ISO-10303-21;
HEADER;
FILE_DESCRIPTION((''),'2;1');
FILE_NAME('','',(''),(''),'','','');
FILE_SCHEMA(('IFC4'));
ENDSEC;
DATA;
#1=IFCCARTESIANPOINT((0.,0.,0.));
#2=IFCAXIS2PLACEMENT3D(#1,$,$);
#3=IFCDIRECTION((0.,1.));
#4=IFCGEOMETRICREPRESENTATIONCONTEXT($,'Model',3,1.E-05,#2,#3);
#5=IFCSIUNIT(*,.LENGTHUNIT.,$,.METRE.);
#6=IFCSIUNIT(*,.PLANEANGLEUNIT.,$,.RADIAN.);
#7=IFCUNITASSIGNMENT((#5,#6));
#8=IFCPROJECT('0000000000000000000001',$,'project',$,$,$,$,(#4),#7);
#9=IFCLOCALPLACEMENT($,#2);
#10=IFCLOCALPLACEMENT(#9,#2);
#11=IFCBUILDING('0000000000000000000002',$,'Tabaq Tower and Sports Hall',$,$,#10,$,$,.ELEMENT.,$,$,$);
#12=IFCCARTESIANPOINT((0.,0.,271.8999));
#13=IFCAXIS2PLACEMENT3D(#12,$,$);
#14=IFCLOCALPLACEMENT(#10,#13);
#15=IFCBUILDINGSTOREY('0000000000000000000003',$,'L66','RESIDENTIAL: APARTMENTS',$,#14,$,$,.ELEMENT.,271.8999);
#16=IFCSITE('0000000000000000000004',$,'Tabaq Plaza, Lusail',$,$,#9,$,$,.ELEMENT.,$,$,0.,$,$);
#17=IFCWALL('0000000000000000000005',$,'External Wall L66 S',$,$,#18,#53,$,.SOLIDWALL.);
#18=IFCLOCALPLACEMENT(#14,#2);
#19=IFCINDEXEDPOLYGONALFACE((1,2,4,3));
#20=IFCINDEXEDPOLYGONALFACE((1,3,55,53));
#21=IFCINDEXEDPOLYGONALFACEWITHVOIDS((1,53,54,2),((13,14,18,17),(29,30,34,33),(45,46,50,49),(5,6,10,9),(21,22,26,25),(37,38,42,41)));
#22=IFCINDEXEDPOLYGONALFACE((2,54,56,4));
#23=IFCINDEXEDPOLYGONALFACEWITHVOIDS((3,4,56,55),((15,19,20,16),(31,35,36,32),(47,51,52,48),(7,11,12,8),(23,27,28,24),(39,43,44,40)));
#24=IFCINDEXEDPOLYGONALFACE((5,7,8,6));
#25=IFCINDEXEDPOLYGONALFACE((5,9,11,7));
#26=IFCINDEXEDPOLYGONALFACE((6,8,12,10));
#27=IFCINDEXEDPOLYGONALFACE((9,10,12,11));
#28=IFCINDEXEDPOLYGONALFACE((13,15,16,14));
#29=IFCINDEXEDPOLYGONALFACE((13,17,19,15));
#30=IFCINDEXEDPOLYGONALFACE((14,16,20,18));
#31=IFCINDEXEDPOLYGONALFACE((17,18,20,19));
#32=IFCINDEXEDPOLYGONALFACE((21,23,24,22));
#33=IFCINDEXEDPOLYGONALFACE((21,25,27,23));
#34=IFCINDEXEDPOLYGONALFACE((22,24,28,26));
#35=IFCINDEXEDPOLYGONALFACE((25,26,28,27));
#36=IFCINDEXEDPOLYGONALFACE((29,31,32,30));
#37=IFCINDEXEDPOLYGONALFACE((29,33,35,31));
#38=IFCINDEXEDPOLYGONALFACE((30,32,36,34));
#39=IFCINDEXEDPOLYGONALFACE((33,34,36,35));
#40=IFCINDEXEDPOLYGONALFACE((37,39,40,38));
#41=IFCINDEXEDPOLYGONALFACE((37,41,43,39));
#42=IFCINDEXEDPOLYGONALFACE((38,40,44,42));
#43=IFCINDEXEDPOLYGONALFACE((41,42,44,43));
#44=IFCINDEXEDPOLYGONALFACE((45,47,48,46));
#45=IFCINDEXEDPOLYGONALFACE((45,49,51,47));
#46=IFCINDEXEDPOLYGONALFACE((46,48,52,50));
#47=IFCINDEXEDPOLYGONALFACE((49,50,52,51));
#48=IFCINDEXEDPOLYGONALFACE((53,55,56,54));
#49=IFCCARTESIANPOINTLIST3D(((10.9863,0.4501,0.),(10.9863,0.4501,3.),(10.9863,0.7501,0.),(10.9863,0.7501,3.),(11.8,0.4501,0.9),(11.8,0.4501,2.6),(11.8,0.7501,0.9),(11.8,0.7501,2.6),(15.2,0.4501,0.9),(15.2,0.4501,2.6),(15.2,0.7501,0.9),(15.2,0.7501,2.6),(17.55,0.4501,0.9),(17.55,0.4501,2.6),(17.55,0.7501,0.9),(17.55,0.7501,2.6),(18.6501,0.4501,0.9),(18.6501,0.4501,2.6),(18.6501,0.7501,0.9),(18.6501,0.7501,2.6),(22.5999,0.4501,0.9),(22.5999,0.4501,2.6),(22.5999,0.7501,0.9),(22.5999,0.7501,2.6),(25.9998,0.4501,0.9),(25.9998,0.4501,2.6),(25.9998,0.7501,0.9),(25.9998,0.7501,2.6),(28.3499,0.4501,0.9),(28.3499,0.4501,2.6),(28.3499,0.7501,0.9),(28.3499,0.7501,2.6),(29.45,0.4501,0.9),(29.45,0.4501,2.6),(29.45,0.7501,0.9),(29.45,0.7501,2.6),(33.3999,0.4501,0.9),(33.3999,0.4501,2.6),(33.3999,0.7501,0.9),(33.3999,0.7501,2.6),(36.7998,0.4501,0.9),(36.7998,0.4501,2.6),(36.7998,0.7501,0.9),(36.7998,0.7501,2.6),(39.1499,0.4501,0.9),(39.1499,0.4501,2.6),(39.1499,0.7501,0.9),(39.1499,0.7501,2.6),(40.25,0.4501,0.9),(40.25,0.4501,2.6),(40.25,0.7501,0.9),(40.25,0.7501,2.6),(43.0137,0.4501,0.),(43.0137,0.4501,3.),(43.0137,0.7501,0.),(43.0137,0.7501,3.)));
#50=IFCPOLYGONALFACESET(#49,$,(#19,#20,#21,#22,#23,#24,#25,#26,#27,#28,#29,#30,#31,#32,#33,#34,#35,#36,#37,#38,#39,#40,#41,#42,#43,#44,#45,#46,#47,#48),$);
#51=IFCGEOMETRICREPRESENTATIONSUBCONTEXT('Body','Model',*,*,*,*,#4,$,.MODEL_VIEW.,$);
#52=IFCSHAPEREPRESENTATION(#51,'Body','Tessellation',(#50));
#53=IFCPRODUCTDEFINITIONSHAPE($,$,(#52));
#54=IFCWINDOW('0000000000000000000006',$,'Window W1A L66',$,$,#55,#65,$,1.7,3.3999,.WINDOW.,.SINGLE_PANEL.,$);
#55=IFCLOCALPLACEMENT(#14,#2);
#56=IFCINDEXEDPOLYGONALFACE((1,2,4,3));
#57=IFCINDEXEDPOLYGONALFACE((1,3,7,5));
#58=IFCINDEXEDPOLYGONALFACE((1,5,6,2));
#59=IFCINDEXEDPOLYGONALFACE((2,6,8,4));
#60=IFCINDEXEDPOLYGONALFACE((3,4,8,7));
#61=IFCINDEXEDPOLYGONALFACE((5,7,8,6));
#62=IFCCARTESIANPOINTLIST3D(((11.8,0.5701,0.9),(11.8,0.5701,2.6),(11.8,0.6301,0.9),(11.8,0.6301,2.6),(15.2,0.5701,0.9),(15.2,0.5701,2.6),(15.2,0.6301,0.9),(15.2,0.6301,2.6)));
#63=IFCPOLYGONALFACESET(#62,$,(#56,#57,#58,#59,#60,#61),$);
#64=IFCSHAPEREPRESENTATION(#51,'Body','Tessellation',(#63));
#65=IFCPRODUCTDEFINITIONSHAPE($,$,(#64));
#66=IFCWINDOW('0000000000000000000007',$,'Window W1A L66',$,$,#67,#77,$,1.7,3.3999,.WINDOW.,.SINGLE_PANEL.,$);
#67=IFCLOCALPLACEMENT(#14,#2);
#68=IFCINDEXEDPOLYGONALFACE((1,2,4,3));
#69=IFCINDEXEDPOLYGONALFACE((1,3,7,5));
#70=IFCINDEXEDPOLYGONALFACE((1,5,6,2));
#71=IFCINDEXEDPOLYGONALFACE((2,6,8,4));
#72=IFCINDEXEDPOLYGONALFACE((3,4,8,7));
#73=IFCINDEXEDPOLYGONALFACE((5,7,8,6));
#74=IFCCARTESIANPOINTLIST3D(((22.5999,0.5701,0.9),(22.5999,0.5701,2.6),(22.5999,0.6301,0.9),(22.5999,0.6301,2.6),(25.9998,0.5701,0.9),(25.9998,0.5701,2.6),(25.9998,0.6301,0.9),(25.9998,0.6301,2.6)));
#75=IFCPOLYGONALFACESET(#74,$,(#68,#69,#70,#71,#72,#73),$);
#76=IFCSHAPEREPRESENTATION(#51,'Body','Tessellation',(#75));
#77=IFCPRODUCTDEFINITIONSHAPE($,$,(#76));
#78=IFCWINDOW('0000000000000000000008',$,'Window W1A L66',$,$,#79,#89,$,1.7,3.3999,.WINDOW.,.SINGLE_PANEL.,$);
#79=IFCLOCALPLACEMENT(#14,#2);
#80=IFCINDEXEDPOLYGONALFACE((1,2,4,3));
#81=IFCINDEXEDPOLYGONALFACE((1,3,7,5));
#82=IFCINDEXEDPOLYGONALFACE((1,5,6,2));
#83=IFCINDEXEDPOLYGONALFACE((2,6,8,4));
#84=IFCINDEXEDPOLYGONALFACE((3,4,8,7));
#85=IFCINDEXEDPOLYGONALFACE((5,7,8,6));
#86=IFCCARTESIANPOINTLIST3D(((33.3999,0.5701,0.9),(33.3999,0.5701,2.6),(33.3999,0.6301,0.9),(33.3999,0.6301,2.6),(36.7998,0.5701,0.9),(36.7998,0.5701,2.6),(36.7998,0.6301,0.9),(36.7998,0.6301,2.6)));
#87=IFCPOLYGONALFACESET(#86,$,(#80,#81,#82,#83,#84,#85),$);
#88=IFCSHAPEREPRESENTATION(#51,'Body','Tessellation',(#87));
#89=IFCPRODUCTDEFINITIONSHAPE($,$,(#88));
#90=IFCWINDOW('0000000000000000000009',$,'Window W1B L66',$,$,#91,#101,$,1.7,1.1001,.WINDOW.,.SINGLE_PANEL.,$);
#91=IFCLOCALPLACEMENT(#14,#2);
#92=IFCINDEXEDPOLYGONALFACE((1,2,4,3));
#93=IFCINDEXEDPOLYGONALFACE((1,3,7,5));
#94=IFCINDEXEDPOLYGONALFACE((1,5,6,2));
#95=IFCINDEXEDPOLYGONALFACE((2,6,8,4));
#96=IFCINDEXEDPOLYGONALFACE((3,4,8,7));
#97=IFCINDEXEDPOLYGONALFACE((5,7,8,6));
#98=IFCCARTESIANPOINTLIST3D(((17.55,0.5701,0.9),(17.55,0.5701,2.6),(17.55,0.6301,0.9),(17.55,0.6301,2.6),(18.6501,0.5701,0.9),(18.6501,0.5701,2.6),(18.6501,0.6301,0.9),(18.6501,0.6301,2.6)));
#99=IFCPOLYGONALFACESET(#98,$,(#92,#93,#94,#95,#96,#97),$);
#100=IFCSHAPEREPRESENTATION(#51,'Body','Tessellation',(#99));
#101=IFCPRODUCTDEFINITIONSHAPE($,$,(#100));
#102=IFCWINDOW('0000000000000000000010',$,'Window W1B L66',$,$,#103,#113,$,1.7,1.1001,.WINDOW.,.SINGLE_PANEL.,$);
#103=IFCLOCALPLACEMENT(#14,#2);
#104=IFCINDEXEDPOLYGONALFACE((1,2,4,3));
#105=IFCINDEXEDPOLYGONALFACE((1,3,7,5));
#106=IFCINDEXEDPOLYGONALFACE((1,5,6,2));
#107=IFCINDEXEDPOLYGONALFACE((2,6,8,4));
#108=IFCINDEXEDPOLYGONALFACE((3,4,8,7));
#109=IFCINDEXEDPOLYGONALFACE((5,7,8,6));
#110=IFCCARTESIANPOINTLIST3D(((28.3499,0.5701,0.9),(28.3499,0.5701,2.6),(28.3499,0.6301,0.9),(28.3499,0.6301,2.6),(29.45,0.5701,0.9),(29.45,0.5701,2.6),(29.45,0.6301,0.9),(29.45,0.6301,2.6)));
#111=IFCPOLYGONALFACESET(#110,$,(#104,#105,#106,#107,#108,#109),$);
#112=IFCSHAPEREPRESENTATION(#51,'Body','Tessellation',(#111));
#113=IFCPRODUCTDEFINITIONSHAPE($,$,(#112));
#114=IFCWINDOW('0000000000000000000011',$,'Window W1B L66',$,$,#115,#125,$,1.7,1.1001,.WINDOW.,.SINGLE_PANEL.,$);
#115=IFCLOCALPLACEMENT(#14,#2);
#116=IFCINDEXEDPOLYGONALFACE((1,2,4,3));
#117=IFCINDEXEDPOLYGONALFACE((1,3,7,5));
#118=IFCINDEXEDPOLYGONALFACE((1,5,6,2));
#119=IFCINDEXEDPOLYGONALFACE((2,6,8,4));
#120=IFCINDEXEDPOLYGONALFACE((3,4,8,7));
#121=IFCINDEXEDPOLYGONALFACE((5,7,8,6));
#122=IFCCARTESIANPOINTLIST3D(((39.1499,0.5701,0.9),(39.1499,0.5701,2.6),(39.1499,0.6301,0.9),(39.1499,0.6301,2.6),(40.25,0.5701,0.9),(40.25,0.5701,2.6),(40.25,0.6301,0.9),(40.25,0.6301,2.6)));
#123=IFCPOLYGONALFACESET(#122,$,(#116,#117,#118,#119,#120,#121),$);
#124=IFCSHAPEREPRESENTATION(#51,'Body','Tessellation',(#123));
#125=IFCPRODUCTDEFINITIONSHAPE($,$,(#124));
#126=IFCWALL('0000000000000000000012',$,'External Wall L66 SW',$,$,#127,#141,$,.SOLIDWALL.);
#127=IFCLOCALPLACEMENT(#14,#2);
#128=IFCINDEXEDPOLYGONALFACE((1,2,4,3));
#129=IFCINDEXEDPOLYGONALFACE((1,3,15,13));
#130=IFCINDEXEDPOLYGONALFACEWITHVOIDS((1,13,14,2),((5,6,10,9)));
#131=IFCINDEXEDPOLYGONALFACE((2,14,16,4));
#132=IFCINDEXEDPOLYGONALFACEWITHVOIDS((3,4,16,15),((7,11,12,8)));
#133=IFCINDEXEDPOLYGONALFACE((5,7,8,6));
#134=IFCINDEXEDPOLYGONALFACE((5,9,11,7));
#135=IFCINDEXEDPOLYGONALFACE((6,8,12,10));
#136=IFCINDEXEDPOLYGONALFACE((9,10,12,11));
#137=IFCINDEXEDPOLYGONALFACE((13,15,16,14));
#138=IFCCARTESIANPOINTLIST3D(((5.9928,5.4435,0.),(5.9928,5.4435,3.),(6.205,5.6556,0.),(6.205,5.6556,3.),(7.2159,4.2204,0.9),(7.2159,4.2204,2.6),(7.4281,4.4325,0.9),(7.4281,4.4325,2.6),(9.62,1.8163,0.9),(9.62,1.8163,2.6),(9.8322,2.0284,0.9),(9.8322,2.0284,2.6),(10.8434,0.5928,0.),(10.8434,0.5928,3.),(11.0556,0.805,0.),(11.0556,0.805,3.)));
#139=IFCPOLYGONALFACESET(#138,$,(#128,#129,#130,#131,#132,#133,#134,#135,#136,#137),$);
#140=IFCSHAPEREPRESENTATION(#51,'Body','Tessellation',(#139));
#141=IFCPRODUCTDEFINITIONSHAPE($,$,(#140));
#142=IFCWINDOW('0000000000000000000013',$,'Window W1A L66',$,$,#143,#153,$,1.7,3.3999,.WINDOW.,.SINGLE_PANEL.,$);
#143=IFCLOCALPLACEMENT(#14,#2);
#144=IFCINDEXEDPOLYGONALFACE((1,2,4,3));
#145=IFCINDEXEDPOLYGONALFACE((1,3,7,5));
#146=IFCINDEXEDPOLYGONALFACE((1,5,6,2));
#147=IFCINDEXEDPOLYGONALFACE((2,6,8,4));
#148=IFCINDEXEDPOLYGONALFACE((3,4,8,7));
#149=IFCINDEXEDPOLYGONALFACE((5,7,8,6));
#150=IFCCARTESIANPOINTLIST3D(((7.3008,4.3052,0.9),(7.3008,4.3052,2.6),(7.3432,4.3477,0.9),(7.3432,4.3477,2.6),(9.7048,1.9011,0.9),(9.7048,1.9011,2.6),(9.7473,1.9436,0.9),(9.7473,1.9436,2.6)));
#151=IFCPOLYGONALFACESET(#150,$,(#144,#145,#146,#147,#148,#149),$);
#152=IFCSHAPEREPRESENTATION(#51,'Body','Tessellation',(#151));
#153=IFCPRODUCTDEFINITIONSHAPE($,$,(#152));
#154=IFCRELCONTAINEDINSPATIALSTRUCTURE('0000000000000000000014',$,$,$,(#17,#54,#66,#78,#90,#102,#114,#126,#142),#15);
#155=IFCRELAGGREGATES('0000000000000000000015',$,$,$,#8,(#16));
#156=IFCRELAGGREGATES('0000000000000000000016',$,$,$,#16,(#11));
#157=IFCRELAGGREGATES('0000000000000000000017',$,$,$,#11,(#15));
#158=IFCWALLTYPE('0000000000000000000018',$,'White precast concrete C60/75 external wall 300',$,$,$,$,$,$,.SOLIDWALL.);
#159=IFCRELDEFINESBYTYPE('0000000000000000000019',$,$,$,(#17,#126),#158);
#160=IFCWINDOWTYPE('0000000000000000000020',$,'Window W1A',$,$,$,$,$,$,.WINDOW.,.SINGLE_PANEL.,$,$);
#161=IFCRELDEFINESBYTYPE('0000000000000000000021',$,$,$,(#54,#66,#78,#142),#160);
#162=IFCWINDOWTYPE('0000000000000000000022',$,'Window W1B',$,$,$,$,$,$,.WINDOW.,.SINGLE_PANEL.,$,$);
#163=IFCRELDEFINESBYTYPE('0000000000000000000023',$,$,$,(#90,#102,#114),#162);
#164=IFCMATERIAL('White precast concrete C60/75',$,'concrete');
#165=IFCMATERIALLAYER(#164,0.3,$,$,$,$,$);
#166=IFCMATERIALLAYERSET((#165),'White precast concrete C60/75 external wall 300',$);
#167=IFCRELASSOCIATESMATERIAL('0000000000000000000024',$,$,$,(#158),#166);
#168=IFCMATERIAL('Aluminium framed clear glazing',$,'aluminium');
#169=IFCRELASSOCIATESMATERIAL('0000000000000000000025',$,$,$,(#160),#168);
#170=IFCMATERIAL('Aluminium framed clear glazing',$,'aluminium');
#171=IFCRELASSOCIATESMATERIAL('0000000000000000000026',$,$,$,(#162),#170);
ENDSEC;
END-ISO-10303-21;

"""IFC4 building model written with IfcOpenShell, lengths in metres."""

from ifc_helpers import new_model, si_unit, direction, frame, frame_2d, origin, place, context, subcontext, project, spatial, rectangle, extrude, material, layer, layer_set, type_object, element, fill, save


model = new_model("IFC4")

# Units and contexts
model_context = context("Model", 3, precision=1e-05, world=origin(), true_north=direction((0.0, 1.0)))
body_context = subcontext(model_context, "Body", "Model", "MODEL_VIEW")
ifc_project = project(units=[si_unit("LENGTHUNIT", "METRE"), si_unit("PLANEANGLEUNIT", "RADIAN")], contexts=[model_context])

# Site, building, storey
site_placement = place(None, origin())
site = spatial("IfcSite", under=ifc_project, at=site_placement, Name="Tabaq Plaza, Lusail", CompositionType="ELEMENT", RefElevation=0.0)
building_placement = place(site_placement, origin())
building = spatial("IfcBuilding", under=site, at=building_placement, Name="Tabaq Tower and Sports Hall", CompositionType="ELEMENT")
storey_placement = place(building_placement, frame((0.0, 0.0, 271.8999)))
storey = spatial("IfcBuildingStorey", under=building, at=storey_placement, Name="L66", Description="RESIDENTIAL: APARTMENTS", CompositionType="ELEMENT", Elevation=271.8999)

# Wall, openings, windows
ifc_material_1 = material(Name="White precast concrete C60/75", Category="concrete")
ifc_layer_1 = layer(ifc_material_1, 0.3)
ifc_layer_set_1 = layer_set([ifc_layer_1], Name="White precast concrete C60/75 external wall 300")
wall_type_1 = type_object("IfcWallType", Name="White precast concrete C60/75 external wall 300", PredefinedType="SOLIDWALL", material=ifc_layer_set_1)
wall_1_placement = place(storey_placement, frame((10.9863, 0.6001, 0.0), z_axis=(0.0, 0.0, 1.0), x_axis=(1.0, 0.0, 0.0)))
wall_1 = element("IfcWall", 1, at=wall_1_placement, inside=storey, type_object=wall_type_1, Name="External Wall L66 S", PredefinedType="SOLIDWALL", context=body_context, shape_type="SweptSolid", body=[
    extrude(rectangle(XDim=32.0273, YDim=0.3, at=frame_2d((16.0137, 0.0))), origin(), (0.0, 0.0, 1.0), 3.0),
])
opening_1_placement = place(wall_1_placement, frame((0.8137, 0.0, 0.8999)))
opening_1 = element("IfcOpeningElement", 2, at=opening_1_placement, cuts=wall_1, PredefinedType="OPENING", context=body_context, shape_type="SweptSolid", body=[
    extrude(rectangle(XDim=3.3999, YDim=1.7, at=frame_2d((1.7, 0.8501))), frame((0.0, 0.1602, 0.0), z_axis=(0.0, -1.0, 0.0), x_axis=(1.0, 0.0, 0.0)), (0.0, 0.0, 1.0), 0.3201),
])
opening_2_placement = place(wall_1_placement, frame((6.5637, 0.0, 0.8999)))
opening_2 = element("IfcOpeningElement", 3, at=opening_2_placement, cuts=wall_1, PredefinedType="OPENING", context=body_context, shape_type="SweptSolid", body=[
    extrude(rectangle(XDim=1.1001, YDim=1.7, at=frame_2d((0.55, 0.8501))), frame((0.0, 0.1602, 0.0), z_axis=(0.0, -1.0, 0.0), x_axis=(1.0, 0.0, 0.0)), (0.0, 0.0, 1.0), 0.3201),
])
opening_3_placement = place(wall_1_placement, frame((11.6135, 0.0, 0.8999)))
opening_3 = element("IfcOpeningElement", 4, at=opening_3_placement, cuts=wall_1, PredefinedType="OPENING", context=body_context, shape_type="SweptSolid", body=[
    extrude(rectangle(XDim=3.3999, YDim=1.7, at=frame_2d((1.7, 0.8501))), frame((0.0, 0.1602, 0.0), z_axis=(0.0, -1.0, 0.0), x_axis=(1.0, 0.0, 0.0)), (0.0, 0.0, 1.0), 0.3201),
])
opening_4_placement = place(wall_1_placement, frame((17.3635, 0.0, 0.8999)))
opening_4 = element("IfcOpeningElement", 5, at=opening_4_placement, cuts=wall_1, PredefinedType="OPENING", context=body_context, shape_type="SweptSolid", body=[
    extrude(rectangle(XDim=1.1001, YDim=1.7, at=frame_2d((0.55, 0.8501))), frame((0.0, 0.1602, 0.0), z_axis=(0.0, -1.0, 0.0), x_axis=(1.0, 0.0, 0.0)), (0.0, 0.0, 1.0), 0.3201),
])
opening_5_placement = place(wall_1_placement, frame((22.4136, 0.0, 0.8999)))
opening_5 = element("IfcOpeningElement", 6, at=opening_5_placement, cuts=wall_1, PredefinedType="OPENING", context=body_context, shape_type="SweptSolid", body=[
    extrude(rectangle(XDim=3.3999, YDim=1.7, at=frame_2d((1.7, 0.8501))), frame((0.0, 0.1602, 0.0), z_axis=(0.0, -1.0, 0.0), x_axis=(1.0, 0.0, 0.0)), (0.0, 0.0, 1.0), 0.3201),
])
opening_6_placement = place(wall_1_placement, frame((28.1636, 0.0, 0.8999)))
opening_6 = element("IfcOpeningElement", 7, at=opening_6_placement, cuts=wall_1, PredefinedType="OPENING", context=body_context, shape_type="SweptSolid", body=[
    extrude(rectangle(XDim=1.1001, YDim=1.7, at=frame_2d((0.55, 0.8501))), frame((0.0, 0.1602, 0.0), z_axis=(0.0, -1.0, 0.0), x_axis=(1.0, 0.0, 0.0)), (0.0, 0.0, 1.0), 0.3201),
])
ifc_material_2 = material(Name="Aluminium framed clear glazing", Category="aluminium")
window_type_1 = type_object("IfcWindowType", Name="Window W1A", PartitioningType="SINGLE_PANEL", PredefinedType="WINDOW", material=ifc_material_2)
window_1_placement = place(opening_1_placement, origin())
window_1 = element("IfcWindow", 8, at=window_1_placement, inside=storey, type_object=window_type_1, Name="Window W1A L66", OverallHeight=1.7, OverallWidth=3.3999, PartitioningType="SINGLE_PANEL", PredefinedType="WINDOW", context=body_context, shape_type="SweptSolid", body=[
    extrude(rectangle(XDim=3.3999, YDim=1.7, at=frame_2d((1.7, 0.8501))), frame((0.0, 0.03, 0.0), z_axis=(0.0, -1.0, 0.0), x_axis=(1.0, 0.0, 0.0)), (0.0, 0.0, 1.0), 0.0601),
])
fill(opening_1, window_1)
window_2_placement = place(opening_3_placement, origin())
window_2 = element("IfcWindow", 9, at=window_2_placement, inside=storey, type_object=window_type_1, Name="Window W1A L66", OverallHeight=1.7, OverallWidth=3.3999, PartitioningType="SINGLE_PANEL", PredefinedType="WINDOW", context=body_context, shape_type="SweptSolid", body=[
    extrude(rectangle(XDim=3.3999, YDim=1.7, at=frame_2d((1.7, 0.8501))), frame((0.0, 0.03, 0.0), z_axis=(0.0, -1.0, 0.0), x_axis=(1.0, 0.0, 0.0)), (0.0, 0.0, 1.0), 0.0601),
])
fill(opening_3, window_2)
window_3_placement = place(opening_5_placement, origin())
window_3 = element("IfcWindow", 10, at=window_3_placement, inside=storey, type_object=window_type_1, Name="Window W1A L66", OverallHeight=1.7, OverallWidth=3.3999, PartitioningType="SINGLE_PANEL", PredefinedType="WINDOW", context=body_context, shape_type="SweptSolid", body=[
    extrude(rectangle(XDim=3.3999, YDim=1.7, at=frame_2d((1.7, 0.8501))), frame((0.0, 0.03, 0.0), z_axis=(0.0, -1.0, 0.0), x_axis=(1.0, 0.0, 0.0)), (0.0, 0.0, 1.0), 0.0601),
])
fill(opening_5, window_3)
ifc_material_3 = material(Name="Aluminium framed clear glazing", Category="aluminium")
window_type_2 = type_object("IfcWindowType", Name="Window W1B", PartitioningType="SINGLE_PANEL", PredefinedType="WINDOW", material=ifc_material_3)
window_4_placement = place(opening_2_placement, origin())
window_4 = element("IfcWindow", 11, at=window_4_placement, inside=storey, type_object=window_type_2, Name="Window W1B L66", OverallHeight=1.7, OverallWidth=1.1001, PartitioningType="SINGLE_PANEL", PredefinedType="WINDOW", context=body_context, shape_type="SweptSolid", body=[
    extrude(rectangle(XDim=1.1001, YDim=1.7, at=frame_2d((0.55, 0.8501))), frame((0.0, 0.03, 0.0), z_axis=(0.0, -1.0, 0.0), x_axis=(1.0, 0.0, 0.0)), (0.0, 0.0, 1.0), 0.0601),
])
fill(opening_2, window_4)
window_5_placement = place(opening_4_placement, origin())
window_5 = element("IfcWindow", 12, at=window_5_placement, inside=storey, type_object=window_type_2, Name="Window W1B L66", OverallHeight=1.7, OverallWidth=1.1001, PartitioningType="SINGLE_PANEL", PredefinedType="WINDOW", context=body_context, shape_type="SweptSolid", body=[
    extrude(rectangle(XDim=1.1001, YDim=1.7, at=frame_2d((0.55, 0.8501))), frame((0.0, 0.03, 0.0), z_axis=(0.0, -1.0, 0.0), x_axis=(1.0, 0.0, 0.0)), (0.0, 0.0, 1.0), 0.0601),
])
fill(opening_4, window_5)
window_6_placement = place(opening_6_placement, origin())
window_6 = element("IfcWindow", 13, at=window_6_placement, inside=storey, type_object=window_type_2, Name="Window W1B L66", OverallHeight=1.7, OverallWidth=1.1001, PartitioningType="SINGLE_PANEL", PredefinedType="WINDOW", context=body_context, shape_type="SweptSolid", body=[
    extrude(rectangle(XDim=1.1001, YDim=1.7, at=frame_2d((0.55, 0.8501))), frame((0.0, 0.03, 0.0), z_axis=(0.0, -1.0, 0.0), x_axis=(1.0, 0.0, 0.0)), (0.0, 0.0, 1.0), 0.0601),
])
fill(opening_6, window_6)

# Wall, opening, window
wall_2_placement = place(storey_placement, frame((6.0989, 5.5496, 0.0), z_axis=(0.0, 0.0, 1.0), x_axis=(0.707107, -0.707107, 0.0)))
wall_2 = element("IfcWall", 14, at=wall_2_placement, inside=storey, type_object=wall_type_1, Name="External Wall L66 SW", PredefinedType="SOLIDWALL", context=body_context, shape_type="SweptSolid", body=[
    extrude(rectangle(XDim=6.8599, YDim=0.3, at=frame_2d((3.4299, 0.0))), origin(), (0.0, 0.0, 1.0), 3.0),
])
opening_7_placement = place(wall_2_placement, frame((1.7297, 0.0, 0.8999)))
opening_7 = element("IfcOpeningElement", 15, at=opening_7_placement, cuts=wall_2, PredefinedType="OPENING", context=body_context, shape_type="SweptSolid", body=[
    extrude(rectangle(XDim=3.3999, YDim=1.7, at=frame_2d((1.7, 0.8501))), frame((0.0, 0.1602, 0.0), z_axis=(0.0, -1.0, 0.0), x_axis=(1.0, 0.0, 0.0)), (0.0, 0.0, 1.0), 0.3201),
])
window_7_placement = place(opening_7_placement, origin())
window_7 = element("IfcWindow", 16, at=window_7_placement, inside=storey, type_object=window_type_1, Name="Window W1A L66", OverallHeight=1.7, OverallWidth=3.3999, PartitioningType="SINGLE_PANEL", PredefinedType="WINDOW", context=body_context, shape_type="SweptSolid", body=[
    extrude(rectangle(XDim=3.3999, YDim=1.7, at=frame_2d((1.7, 0.8501))), frame((0.0, 0.03, 0.0), z_axis=(0.0, -1.0, 0.0), x_axis=(1.0, 0.0, 0.0)), (0.0, 0.0, 1.0), 0.0601),
])
fill(opening_7, window_7)

save(model, "model.ifc")
